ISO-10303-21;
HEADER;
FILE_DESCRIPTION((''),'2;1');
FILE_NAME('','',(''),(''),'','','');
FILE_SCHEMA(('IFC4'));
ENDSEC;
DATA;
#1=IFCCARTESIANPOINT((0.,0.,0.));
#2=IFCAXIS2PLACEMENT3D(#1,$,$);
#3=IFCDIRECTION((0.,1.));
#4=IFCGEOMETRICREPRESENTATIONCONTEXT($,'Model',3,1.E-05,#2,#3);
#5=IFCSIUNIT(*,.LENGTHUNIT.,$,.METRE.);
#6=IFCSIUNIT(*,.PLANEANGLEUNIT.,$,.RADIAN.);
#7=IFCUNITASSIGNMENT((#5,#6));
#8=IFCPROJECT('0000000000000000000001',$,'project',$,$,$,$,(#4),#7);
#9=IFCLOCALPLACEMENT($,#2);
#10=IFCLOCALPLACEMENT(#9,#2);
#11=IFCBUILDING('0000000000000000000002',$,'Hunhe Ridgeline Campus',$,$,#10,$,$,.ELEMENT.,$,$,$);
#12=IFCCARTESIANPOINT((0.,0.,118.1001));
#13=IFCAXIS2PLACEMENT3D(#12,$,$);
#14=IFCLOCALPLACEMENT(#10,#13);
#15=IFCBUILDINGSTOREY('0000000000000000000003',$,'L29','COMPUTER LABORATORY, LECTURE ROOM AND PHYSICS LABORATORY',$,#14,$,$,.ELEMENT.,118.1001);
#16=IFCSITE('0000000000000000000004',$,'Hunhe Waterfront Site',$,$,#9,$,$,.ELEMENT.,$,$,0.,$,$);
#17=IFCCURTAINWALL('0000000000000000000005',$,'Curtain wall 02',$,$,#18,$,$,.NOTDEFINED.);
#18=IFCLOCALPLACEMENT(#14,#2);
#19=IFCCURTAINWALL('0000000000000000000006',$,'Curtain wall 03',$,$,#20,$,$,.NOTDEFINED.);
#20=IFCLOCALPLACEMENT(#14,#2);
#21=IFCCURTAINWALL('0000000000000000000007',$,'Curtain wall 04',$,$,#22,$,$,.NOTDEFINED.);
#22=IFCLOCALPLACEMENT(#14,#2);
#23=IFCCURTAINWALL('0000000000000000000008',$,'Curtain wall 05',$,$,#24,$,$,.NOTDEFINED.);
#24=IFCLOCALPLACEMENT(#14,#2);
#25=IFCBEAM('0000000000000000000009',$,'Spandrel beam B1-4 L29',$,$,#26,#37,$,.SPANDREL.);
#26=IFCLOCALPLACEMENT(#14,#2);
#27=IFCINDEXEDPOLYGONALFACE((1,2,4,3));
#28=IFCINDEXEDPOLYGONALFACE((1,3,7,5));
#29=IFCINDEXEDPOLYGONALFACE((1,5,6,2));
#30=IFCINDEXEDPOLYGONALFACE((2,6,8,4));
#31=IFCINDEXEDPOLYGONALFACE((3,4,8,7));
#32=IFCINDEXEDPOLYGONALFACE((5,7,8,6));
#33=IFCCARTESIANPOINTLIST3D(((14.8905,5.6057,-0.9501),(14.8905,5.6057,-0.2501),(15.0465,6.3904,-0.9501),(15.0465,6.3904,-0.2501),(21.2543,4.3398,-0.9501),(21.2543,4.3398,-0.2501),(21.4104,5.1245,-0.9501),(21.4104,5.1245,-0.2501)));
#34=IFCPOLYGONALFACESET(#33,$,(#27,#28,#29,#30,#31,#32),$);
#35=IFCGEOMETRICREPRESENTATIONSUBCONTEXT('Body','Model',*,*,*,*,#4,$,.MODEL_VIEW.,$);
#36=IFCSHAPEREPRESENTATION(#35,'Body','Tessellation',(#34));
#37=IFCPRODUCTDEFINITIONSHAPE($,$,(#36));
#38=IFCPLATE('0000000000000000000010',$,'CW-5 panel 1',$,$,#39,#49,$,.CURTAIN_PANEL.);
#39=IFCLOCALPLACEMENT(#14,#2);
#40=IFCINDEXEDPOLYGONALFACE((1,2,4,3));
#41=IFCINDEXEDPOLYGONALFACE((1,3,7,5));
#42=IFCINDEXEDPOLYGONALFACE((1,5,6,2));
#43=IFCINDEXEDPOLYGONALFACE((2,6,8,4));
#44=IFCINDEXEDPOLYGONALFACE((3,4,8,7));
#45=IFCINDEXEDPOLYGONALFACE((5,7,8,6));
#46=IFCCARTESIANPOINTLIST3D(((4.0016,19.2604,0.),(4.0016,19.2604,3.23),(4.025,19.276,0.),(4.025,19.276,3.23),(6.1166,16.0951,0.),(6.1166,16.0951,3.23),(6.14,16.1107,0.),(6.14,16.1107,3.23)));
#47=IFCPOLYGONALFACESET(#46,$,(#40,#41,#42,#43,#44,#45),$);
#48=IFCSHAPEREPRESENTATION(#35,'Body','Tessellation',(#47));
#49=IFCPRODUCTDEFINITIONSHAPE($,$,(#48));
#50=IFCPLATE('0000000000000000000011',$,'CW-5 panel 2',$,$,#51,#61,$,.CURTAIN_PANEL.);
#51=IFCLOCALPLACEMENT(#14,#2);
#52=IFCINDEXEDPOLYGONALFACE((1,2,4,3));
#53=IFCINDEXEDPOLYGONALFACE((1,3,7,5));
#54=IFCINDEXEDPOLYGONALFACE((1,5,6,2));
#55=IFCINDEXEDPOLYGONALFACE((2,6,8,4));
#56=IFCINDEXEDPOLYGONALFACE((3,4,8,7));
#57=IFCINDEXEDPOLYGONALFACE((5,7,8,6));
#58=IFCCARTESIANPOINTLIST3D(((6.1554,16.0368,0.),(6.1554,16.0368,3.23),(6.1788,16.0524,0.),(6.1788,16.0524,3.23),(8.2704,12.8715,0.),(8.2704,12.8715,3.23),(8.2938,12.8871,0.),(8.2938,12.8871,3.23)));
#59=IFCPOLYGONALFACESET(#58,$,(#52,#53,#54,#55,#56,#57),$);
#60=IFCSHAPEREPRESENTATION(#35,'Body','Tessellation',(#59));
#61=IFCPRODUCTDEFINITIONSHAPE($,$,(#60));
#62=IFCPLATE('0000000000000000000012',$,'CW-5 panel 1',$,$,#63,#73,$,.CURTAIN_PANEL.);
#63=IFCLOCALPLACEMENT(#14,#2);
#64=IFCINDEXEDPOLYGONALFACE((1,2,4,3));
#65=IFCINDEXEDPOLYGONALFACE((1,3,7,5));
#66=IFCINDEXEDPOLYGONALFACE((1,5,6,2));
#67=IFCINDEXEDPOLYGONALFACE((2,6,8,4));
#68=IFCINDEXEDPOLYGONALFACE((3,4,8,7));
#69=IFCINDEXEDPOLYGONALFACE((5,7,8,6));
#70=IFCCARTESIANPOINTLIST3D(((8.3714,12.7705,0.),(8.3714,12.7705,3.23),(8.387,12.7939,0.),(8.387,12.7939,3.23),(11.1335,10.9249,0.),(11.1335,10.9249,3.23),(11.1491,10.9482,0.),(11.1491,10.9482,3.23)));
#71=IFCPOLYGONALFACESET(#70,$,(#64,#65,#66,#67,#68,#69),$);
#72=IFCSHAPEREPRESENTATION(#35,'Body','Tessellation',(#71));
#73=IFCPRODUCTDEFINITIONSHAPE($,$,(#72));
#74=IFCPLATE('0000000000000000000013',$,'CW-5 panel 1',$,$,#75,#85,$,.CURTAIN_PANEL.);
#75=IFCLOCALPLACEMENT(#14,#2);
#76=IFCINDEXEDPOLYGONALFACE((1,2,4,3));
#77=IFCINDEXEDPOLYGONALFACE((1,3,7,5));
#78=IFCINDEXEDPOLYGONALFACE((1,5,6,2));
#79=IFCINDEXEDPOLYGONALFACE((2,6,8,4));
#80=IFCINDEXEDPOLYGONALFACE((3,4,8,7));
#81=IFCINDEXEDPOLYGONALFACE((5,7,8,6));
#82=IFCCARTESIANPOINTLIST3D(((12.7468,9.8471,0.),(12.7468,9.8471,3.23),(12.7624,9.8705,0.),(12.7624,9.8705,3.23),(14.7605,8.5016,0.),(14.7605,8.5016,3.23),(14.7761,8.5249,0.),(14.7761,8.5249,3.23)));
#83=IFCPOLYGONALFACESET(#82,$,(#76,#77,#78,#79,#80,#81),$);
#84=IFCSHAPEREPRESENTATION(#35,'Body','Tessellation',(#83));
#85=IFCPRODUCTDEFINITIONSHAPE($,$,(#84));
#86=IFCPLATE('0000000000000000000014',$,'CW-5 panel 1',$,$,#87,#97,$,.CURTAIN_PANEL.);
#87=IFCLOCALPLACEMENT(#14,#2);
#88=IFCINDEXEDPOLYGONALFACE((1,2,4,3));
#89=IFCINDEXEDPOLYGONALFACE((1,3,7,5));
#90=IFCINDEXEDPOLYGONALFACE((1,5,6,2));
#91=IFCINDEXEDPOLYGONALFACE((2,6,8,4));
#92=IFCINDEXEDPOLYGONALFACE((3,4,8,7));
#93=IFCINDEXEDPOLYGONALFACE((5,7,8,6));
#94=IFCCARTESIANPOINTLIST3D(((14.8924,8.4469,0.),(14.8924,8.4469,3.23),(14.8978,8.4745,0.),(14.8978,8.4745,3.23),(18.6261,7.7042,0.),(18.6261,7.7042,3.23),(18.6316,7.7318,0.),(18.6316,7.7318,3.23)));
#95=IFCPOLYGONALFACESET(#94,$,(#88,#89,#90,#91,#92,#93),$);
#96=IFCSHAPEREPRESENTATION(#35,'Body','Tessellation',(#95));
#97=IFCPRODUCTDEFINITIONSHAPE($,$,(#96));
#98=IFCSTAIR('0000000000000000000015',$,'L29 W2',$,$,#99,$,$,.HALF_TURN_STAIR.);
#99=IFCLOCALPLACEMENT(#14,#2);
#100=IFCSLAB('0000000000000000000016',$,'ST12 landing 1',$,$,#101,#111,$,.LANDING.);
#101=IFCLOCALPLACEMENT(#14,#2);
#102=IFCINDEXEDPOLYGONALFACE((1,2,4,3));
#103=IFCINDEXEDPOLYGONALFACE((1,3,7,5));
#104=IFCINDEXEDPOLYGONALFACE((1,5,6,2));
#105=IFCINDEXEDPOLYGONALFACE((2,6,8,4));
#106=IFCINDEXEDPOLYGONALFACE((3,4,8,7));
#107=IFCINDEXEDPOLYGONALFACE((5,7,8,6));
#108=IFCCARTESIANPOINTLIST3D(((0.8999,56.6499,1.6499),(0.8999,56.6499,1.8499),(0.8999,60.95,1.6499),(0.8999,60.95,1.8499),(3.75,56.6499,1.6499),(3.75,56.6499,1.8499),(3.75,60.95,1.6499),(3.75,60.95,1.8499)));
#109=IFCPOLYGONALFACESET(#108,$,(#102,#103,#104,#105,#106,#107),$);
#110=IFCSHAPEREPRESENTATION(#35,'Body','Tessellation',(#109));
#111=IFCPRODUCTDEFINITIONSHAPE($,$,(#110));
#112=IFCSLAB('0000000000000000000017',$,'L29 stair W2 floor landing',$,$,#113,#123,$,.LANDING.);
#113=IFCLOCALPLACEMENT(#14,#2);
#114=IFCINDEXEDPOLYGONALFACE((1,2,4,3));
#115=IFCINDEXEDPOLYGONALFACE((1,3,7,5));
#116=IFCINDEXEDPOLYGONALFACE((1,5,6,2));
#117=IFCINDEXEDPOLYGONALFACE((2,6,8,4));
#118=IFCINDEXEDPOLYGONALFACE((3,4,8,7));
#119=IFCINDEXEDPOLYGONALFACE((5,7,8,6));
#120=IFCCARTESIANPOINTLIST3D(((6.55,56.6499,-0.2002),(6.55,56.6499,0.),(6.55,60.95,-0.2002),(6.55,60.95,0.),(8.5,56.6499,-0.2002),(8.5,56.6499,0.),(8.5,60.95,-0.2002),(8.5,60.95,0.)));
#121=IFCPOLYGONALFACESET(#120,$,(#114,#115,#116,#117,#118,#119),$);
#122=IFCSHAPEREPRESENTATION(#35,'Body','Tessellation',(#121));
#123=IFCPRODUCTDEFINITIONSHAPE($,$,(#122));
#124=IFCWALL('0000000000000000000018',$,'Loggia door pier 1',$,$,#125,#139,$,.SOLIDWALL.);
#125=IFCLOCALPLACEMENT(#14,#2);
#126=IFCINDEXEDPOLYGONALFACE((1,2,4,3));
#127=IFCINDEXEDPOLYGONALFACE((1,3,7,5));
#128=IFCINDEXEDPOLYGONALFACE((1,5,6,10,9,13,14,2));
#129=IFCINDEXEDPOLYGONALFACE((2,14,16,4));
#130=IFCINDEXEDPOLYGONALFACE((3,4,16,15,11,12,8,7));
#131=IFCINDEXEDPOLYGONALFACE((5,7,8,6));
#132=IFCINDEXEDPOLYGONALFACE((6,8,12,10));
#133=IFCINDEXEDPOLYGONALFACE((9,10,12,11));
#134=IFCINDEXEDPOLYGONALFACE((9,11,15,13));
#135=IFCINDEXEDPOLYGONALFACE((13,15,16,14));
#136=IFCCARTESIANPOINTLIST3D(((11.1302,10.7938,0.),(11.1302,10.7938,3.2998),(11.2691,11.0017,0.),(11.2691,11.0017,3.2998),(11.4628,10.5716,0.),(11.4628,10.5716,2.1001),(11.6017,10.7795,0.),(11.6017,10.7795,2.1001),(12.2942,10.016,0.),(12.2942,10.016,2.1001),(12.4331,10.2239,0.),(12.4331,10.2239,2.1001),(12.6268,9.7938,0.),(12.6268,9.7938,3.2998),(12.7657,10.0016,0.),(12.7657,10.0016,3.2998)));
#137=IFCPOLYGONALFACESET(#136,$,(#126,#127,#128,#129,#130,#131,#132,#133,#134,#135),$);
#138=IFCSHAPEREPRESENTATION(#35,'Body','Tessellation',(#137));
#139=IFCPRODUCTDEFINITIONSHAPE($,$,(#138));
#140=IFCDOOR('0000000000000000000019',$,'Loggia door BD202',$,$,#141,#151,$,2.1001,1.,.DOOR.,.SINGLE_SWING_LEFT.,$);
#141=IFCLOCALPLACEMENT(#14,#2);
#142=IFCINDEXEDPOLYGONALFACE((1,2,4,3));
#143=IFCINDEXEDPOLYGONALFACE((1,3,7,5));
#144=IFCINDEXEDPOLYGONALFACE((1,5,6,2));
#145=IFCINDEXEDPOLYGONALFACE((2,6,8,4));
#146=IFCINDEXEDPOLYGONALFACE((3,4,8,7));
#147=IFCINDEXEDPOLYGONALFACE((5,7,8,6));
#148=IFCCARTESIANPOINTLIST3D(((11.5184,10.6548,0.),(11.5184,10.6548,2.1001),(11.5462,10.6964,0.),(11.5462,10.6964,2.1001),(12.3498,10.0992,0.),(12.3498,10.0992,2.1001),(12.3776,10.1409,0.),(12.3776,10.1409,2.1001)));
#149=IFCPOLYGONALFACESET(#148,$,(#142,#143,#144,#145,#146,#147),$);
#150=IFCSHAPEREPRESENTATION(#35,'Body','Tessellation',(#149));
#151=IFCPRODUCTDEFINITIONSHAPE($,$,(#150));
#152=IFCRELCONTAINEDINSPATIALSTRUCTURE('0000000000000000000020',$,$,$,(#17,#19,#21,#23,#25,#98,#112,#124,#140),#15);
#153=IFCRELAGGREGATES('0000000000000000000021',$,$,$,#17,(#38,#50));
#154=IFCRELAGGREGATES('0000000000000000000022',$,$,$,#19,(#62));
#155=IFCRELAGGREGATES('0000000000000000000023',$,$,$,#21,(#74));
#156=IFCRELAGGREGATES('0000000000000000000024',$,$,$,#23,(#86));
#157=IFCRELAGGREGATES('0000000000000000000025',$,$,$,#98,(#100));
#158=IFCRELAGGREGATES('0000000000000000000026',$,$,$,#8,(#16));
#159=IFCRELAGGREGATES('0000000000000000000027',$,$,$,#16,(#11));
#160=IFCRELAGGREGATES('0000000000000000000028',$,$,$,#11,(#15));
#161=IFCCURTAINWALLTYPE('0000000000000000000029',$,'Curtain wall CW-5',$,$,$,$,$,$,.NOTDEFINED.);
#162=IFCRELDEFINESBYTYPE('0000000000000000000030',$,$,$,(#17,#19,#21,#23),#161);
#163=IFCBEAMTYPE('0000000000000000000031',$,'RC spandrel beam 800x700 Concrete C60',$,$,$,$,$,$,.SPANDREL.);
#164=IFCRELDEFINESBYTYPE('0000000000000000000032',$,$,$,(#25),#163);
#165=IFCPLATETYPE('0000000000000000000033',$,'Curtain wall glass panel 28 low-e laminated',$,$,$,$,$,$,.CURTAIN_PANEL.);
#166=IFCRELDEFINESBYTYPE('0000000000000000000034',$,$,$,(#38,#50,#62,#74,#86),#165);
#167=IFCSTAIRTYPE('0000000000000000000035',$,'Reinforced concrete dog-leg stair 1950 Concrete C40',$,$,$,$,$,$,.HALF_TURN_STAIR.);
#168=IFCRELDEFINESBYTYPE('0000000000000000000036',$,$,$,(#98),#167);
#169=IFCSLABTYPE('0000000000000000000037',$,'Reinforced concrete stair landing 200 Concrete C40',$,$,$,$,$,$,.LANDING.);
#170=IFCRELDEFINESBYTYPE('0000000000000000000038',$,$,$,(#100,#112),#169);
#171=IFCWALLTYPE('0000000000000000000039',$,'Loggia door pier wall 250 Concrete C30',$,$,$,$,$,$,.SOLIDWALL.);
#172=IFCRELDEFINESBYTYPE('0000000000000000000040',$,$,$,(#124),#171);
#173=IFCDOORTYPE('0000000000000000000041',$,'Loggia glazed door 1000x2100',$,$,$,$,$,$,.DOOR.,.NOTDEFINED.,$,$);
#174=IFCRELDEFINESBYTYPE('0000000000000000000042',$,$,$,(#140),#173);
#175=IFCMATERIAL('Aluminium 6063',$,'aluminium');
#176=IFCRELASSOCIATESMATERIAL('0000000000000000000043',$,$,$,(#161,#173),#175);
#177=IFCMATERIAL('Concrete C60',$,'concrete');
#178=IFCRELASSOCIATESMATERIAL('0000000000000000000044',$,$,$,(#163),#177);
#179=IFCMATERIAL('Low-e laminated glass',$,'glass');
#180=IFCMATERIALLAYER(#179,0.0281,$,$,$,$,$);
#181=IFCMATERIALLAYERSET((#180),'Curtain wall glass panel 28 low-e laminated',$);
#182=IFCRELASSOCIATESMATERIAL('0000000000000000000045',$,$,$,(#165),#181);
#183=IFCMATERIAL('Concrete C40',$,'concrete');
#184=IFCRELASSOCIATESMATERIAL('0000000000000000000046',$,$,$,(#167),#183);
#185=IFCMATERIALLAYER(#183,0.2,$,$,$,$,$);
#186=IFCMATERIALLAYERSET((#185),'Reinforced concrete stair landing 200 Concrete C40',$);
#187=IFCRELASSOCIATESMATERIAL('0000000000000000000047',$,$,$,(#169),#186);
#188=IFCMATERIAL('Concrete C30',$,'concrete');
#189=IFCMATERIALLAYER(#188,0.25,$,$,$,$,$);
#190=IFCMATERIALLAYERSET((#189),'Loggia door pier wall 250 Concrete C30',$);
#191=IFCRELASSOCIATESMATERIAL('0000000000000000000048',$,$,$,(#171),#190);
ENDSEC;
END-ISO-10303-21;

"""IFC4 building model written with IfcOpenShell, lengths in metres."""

from ifc_helpers import new_model, si_unit, direction, frame, frame_2d, origin, origin_2d, place, context, subcontext, project, spatial, polyline, rectangle, outline, extrude, material, layer, layer_set, material_profile, profile_set, type_object, element, fill, aggregate, save


model = new_model("IFC4")

# Units and contexts
model_context = context("Model", 3, precision=1e-05, world=origin(), true_north=direction((0.0, 1.0)))
body_context = subcontext(model_context, "Body", "Model", "MODEL_VIEW")
ifc_project = project(units=[si_unit("LENGTHUNIT", "METRE"), si_unit("PLANEANGLEUNIT", "RADIAN")], contexts=[model_context])

# Site, building, storey
site_placement = place(None, origin())
site = spatial("IfcSite", under=ifc_project, at=site_placement, Name="Hunhe Waterfront Site", CompositionType="ELEMENT", RefElevation=0.0)
building_placement = place(site_placement, origin())
building = spatial("IfcBuilding", under=site, at=building_placement, Name="Hunhe Ridgeline Campus", CompositionType="ELEMENT")
storey_placement = place(building_placement, frame((0.0, 0.0, 118.1001)))
storey = spatial("IfcBuildingStorey", under=building, at=storey_placement, Name="L29", Description="COMPUTER LABORATORY, LECTURE ROOM AND PHYSICS LABORATORY", CompositionType="ELEMENT", Elevation=118.1001)

# Curtain walls
ifc_material_1 = material(Name="Aluminium 6063", Category="aluminium")
curtain_wall_type = type_object("IfcCurtainWallType", Name="Curtain wall CW-5", PredefinedType="NOTDEFINED", material=ifc_material_1)
curtain_wall_1_placement = place(storey_placement, origin())
curtain_wall_1 = element("IfcCurtainWall", 1, at=curtain_wall_1_placement, inside=storey, type_object=curtain_wall_type, Name="Curtain wall 02", PredefinedType="NOTDEFINED")
curtain_wall_2_placement = place(storey_placement, origin())
curtain_wall_2 = element("IfcCurtainWall", 2, at=curtain_wall_2_placement, inside=storey, type_object=curtain_wall_type, Name="Curtain wall 03", PredefinedType="NOTDEFINED")
curtain_wall_3_placement = place(storey_placement, origin())
curtain_wall_3 = element("IfcCurtainWall", 3, at=curtain_wall_3_placement, inside=storey, type_object=curtain_wall_type, Name="Curtain wall 04", PredefinedType="NOTDEFINED")
curtain_wall_4_placement = place(storey_placement, origin())
curtain_wall_4 = element("IfcCurtainWall", 4, at=curtain_wall_4_placement, inside=storey, type_object=curtain_wall_type, Name="Curtain wall 05", PredefinedType="NOTDEFINED")

# Beam
ifc_material_2 = material(Name="Concrete C60", Category="concrete")
ifc_material_profile_1 = material_profile(ifc_material_2, rectangle(XDim=0.8, YDim=0.7, at=origin_2d()))
ifc_profile_set_1 = profile_set([ifc_material_profile_1], Name="Concrete C60")
beam_type = type_object("IfcBeamType", Name="RC spandrel beam 800x700 Concrete C60", PredefinedType="SPANDREL", material=ifc_profile_set_1)
for number, where, z_axis, x_axis, name in (
    (5, (14.9685, 5.998, -0.6001), (0.980784, -0.195096, 0.0), (0.195096, 0.980784, 0.0), "Spandrel beam B1-4 L29"),
):
    element("IfcBeam", number, at=place(storey_placement, frame(where, z_axis=z_axis, x_axis=x_axis)), inside=storey, type_object=beam_type, Name=name, PredefinedType="SPANDREL", context=body_context, shape_type="SweptSolid", body=[
        extrude(rectangle(XDim=0.8, YDim=0.7, at=origin_2d()), origin(), (0.0, 0.0, 1.0), 6.4885),
    ])

# Plates
ifc_material_3 = material(Name="Low-e laminated glass", Category="glass")
ifc_layer_1 = layer(ifc_material_3, 0.0281)
ifc_layer_set_1 = layer_set([ifc_layer_1], Name="Curtain wall glass panel 28 low-e laminated")
plate_type = type_object("IfcPlateType", Name="Curtain wall glass panel 28 low-e laminated", PredefinedType="CURTAIN_PANEL", material=ifc_layer_set_1)
plate_1_placement = place(storey_placement, frame((5.0708, 17.6855, 0.0), z_axis=(0.0, 0.0, 1.0), x_axis=(0.55557, -0.83147, 0.0)))
plate_1 = element("IfcPlate", 6, at=plate_1_placement, type_object=plate_type, Name="CW-5 panel 1", PredefinedType="CURTAIN_PANEL", context=body_context, shape_type="SweptSolid", body=[
    extrude(rectangle(XDim=3.8069, YDim=0.0281, at=origin_2d()), origin(), (0.0, 0.0, 1.0), 3.23),
])
plate_2_placement = place(storey_placement, frame((7.2246, 14.4619, 0.0), z_axis=(0.0, 0.0, 1.0), x_axis=(0.55557, -0.83147, 0.0)))
plate_2 = element("IfcPlate", 7, at=plate_2_placement, type_object=plate_type, Name="CW-5 panel 2", PredefinedType="CURTAIN_PANEL", context=body_context, shape_type="SweptSolid", body=[
    extrude(rectangle(XDim=3.8069, YDim=0.0281, at=origin_2d()), origin(), (0.0, 0.0, 1.0), 3.23),
])
aggregate(curtain_wall_1, [plate_1, plate_2])
plate_3_placement = place(storey_placement, frame((9.7603, 11.8594, 0.0), z_axis=(0.0, 0.0, 1.0), x_axis=(0.83147, -0.55557, 0.0)))
plate_3 = element("IfcPlate", 8, at=plate_3_placement, type_object=plate_type, Name="CW-5 panel 1", PredefinedType="CURTAIN_PANEL", context=body_context, shape_type="SweptSolid", body=[
    extrude(rectangle(XDim=3.322, YDim=0.0281, at=origin_2d()), origin(), (0.0, 0.0, 1.0), 3.23),
])
aggregate(curtain_wall_2, [plate_3])
plate_4_placement = place(storey_placement, frame((13.7615, 9.186, 0.0), z_axis=(0.0, 0.0, 1.0), x_axis=(0.83147, -0.55557, 0.0)))
plate_4 = element("IfcPlate", 9, at=plate_4_placement, type_object=plate_type, Name="CW-5 panel 1", PredefinedType="CURTAIN_PANEL", context=body_context, shape_type="SweptSolid", body=[
    extrude(rectangle(XDim=2.4219, YDim=0.0281, at=origin_2d()), origin(), (0.0, 0.0, 1.0), 3.23),
])
aggregate(curtain_wall_3, [plate_4])
plate_5_placement = place(storey_placement, frame((16.762, 8.0894, 0.0), z_axis=(0.0, 0.0, 1.0), x_axis=(0.980785, -0.19509, 0.0)))
plate_5 = element("IfcPlate", 10, at=plate_5_placement, type_object=plate_type, Name="CW-5 panel 1", PredefinedType="CURTAIN_PANEL", context=body_context, shape_type="SweptSolid", body=[
    extrude(rectangle(XDim=3.8069, YDim=0.0281, at=origin_2d()), origin(), (0.0, 0.0, 1.0), 3.23),
])
aggregate(curtain_wall_4, [plate_5])

# Stair, slab
ifc_material_4 = material(Name="Concrete C40", Category="concrete")
stair_type = type_object("IfcStairType", Name="Reinforced concrete dog-leg stair 1950 Concrete C40", PredefinedType="HALF_TURN_STAIR", material=ifc_material_4)
stair_placement = place(storey_placement, origin())
stair = element("IfcStair", 11, at=stair_placement, inside=storey, type_object=stair_type, Name="L29 W2", PredefinedType="HALF_TURN_STAIR")
ifc_layer_2 = layer(ifc_material_4, 0.2)
ifc_layer_set_2 = layer_set([ifc_layer_2], Name="Reinforced concrete stair landing 200 Concrete C40")
slab_type = type_object("IfcSlabType", Name="Reinforced concrete stair landing 200 Concrete C40", PredefinedType="LANDING", material=ifc_layer_set_2)
slab_1_placement = place(storey_placement, frame((0.0, 0.0, 1.6499)))
slab_1 = element("IfcSlab", 12, at=slab_1_placement, type_object=slab_type, Name="ST12 landing 1", PredefinedType="LANDING", context=body_context, shape_type="SweptSolid", body=[
    extrude(outline(polyline([(3.75, 60.95), (0.8999, 60.95), (0.8999, 56.6499), (3.75, 56.6499), (3.75, 60.95)])), origin(), (0.0, 0.0, 1.0), 0.2),
])
aggregate(stair, [slab_1])

# Slab
slab_2_placement = place(storey_placement, frame((0.0, 0.0, -0.2002)))
element("IfcSlab", 13, at=slab_2_placement, inside=storey, type_object=slab_type, Name="L29 stair W2 floor landing", PredefinedType="LANDING", context=body_context, shape_type="SweptSolid", body=[
    extrude(outline(polyline([(8.5, 60.95), (6.55, 60.95), (6.55, 56.6499), (8.5, 56.6499), (8.5, 60.95)])), origin(), (0.0, 0.0, 1.0), 0.2002),
])

# Wall, opening, door
ifc_material_5 = material(Name="Concrete C30", Category="concrete")
ifc_layer_3 = layer(ifc_material_5, 0.25)
ifc_layer_set_3 = layer_set([ifc_layer_3], Name="Loggia door pier wall 250 Concrete C30")
wall_type_1 = type_object("IfcWallType", Name="Loggia door pier wall 250 Concrete C30", PredefinedType="SOLIDWALL", material=ifc_layer_set_3)
wall_1_placement = place(storey_placement, frame((11.1997, 10.8977, 0.0), z_axis=(0.0, 0.0, 1.0), x_axis=(0.831466, -0.555576, 0.0)))
wall_1 = element("IfcWall", 14, at=wall_1_placement, inside=storey, type_object=wall_type_1, Name="Loggia door pier 1", PredefinedType="SOLIDWALL", context=body_context, shape_type="SweptSolid", body=[
    extrude(rectangle(XDim=1.8, YDim=0.25, at=frame_2d((0.8999, 0.0))), origin(), (0.0, 0.0, 1.0), 3.2998),
])
opening_1_placement = place(wall_1_placement, frame((0.3999, 0.0, 0.0)))
opening_1 = element("IfcOpeningElement", 15, at=opening_1_placement, cuts=wall_1, PredefinedType="OPENING", context=body_context, shape_type="SweptSolid", body=[
    extrude(rectangle(XDim=1.0, YDim=2.1001, at=frame_2d((0.5, 1.05))), frame((0.0, 0.125, 0.0), z_axis=(0.0, -1.0, 0.0), x_axis=(1.0, 0.0, 0.0)), (0.0, 0.0, 1.0), 0.25),
])
door_type_1 = type_object("IfcDoorType", Name="Loggia glazed door 1000x2100", OperationType="NOTDEFINED", PredefinedType="DOOR", material=ifc_material_1)
door_1_placement = place(opening_1_placement, frame((1.0, 0.0, 0.0), z_axis=(0.0, 0.0, 1.0), x_axis=(-1.0, 0.0, 0.0)))
door_1 = element("IfcDoor", 16, at=door_1_placement, inside=storey, type_object=door_type_1, Name="Loggia door BD202", OperationType="SINGLE_SWING_LEFT", OverallHeight=2.1001, OverallWidth=1.0, PredefinedType="DOOR", context=body_context, shape_type="SweptSolid", body=[
    extrude(rectangle(XDim=1.0, YDim=2.1001, at=frame_2d((0.5, 1.05))), frame((0.0, 0.0249, 0.0), z_axis=(0.0, -1.0, 0.0), x_axis=(1.0, 0.0, 0.0)), (0.0, 0.0, 1.0), 0.05),
])
fill(opening_1, door_1)

save(model, "model.ifc")
